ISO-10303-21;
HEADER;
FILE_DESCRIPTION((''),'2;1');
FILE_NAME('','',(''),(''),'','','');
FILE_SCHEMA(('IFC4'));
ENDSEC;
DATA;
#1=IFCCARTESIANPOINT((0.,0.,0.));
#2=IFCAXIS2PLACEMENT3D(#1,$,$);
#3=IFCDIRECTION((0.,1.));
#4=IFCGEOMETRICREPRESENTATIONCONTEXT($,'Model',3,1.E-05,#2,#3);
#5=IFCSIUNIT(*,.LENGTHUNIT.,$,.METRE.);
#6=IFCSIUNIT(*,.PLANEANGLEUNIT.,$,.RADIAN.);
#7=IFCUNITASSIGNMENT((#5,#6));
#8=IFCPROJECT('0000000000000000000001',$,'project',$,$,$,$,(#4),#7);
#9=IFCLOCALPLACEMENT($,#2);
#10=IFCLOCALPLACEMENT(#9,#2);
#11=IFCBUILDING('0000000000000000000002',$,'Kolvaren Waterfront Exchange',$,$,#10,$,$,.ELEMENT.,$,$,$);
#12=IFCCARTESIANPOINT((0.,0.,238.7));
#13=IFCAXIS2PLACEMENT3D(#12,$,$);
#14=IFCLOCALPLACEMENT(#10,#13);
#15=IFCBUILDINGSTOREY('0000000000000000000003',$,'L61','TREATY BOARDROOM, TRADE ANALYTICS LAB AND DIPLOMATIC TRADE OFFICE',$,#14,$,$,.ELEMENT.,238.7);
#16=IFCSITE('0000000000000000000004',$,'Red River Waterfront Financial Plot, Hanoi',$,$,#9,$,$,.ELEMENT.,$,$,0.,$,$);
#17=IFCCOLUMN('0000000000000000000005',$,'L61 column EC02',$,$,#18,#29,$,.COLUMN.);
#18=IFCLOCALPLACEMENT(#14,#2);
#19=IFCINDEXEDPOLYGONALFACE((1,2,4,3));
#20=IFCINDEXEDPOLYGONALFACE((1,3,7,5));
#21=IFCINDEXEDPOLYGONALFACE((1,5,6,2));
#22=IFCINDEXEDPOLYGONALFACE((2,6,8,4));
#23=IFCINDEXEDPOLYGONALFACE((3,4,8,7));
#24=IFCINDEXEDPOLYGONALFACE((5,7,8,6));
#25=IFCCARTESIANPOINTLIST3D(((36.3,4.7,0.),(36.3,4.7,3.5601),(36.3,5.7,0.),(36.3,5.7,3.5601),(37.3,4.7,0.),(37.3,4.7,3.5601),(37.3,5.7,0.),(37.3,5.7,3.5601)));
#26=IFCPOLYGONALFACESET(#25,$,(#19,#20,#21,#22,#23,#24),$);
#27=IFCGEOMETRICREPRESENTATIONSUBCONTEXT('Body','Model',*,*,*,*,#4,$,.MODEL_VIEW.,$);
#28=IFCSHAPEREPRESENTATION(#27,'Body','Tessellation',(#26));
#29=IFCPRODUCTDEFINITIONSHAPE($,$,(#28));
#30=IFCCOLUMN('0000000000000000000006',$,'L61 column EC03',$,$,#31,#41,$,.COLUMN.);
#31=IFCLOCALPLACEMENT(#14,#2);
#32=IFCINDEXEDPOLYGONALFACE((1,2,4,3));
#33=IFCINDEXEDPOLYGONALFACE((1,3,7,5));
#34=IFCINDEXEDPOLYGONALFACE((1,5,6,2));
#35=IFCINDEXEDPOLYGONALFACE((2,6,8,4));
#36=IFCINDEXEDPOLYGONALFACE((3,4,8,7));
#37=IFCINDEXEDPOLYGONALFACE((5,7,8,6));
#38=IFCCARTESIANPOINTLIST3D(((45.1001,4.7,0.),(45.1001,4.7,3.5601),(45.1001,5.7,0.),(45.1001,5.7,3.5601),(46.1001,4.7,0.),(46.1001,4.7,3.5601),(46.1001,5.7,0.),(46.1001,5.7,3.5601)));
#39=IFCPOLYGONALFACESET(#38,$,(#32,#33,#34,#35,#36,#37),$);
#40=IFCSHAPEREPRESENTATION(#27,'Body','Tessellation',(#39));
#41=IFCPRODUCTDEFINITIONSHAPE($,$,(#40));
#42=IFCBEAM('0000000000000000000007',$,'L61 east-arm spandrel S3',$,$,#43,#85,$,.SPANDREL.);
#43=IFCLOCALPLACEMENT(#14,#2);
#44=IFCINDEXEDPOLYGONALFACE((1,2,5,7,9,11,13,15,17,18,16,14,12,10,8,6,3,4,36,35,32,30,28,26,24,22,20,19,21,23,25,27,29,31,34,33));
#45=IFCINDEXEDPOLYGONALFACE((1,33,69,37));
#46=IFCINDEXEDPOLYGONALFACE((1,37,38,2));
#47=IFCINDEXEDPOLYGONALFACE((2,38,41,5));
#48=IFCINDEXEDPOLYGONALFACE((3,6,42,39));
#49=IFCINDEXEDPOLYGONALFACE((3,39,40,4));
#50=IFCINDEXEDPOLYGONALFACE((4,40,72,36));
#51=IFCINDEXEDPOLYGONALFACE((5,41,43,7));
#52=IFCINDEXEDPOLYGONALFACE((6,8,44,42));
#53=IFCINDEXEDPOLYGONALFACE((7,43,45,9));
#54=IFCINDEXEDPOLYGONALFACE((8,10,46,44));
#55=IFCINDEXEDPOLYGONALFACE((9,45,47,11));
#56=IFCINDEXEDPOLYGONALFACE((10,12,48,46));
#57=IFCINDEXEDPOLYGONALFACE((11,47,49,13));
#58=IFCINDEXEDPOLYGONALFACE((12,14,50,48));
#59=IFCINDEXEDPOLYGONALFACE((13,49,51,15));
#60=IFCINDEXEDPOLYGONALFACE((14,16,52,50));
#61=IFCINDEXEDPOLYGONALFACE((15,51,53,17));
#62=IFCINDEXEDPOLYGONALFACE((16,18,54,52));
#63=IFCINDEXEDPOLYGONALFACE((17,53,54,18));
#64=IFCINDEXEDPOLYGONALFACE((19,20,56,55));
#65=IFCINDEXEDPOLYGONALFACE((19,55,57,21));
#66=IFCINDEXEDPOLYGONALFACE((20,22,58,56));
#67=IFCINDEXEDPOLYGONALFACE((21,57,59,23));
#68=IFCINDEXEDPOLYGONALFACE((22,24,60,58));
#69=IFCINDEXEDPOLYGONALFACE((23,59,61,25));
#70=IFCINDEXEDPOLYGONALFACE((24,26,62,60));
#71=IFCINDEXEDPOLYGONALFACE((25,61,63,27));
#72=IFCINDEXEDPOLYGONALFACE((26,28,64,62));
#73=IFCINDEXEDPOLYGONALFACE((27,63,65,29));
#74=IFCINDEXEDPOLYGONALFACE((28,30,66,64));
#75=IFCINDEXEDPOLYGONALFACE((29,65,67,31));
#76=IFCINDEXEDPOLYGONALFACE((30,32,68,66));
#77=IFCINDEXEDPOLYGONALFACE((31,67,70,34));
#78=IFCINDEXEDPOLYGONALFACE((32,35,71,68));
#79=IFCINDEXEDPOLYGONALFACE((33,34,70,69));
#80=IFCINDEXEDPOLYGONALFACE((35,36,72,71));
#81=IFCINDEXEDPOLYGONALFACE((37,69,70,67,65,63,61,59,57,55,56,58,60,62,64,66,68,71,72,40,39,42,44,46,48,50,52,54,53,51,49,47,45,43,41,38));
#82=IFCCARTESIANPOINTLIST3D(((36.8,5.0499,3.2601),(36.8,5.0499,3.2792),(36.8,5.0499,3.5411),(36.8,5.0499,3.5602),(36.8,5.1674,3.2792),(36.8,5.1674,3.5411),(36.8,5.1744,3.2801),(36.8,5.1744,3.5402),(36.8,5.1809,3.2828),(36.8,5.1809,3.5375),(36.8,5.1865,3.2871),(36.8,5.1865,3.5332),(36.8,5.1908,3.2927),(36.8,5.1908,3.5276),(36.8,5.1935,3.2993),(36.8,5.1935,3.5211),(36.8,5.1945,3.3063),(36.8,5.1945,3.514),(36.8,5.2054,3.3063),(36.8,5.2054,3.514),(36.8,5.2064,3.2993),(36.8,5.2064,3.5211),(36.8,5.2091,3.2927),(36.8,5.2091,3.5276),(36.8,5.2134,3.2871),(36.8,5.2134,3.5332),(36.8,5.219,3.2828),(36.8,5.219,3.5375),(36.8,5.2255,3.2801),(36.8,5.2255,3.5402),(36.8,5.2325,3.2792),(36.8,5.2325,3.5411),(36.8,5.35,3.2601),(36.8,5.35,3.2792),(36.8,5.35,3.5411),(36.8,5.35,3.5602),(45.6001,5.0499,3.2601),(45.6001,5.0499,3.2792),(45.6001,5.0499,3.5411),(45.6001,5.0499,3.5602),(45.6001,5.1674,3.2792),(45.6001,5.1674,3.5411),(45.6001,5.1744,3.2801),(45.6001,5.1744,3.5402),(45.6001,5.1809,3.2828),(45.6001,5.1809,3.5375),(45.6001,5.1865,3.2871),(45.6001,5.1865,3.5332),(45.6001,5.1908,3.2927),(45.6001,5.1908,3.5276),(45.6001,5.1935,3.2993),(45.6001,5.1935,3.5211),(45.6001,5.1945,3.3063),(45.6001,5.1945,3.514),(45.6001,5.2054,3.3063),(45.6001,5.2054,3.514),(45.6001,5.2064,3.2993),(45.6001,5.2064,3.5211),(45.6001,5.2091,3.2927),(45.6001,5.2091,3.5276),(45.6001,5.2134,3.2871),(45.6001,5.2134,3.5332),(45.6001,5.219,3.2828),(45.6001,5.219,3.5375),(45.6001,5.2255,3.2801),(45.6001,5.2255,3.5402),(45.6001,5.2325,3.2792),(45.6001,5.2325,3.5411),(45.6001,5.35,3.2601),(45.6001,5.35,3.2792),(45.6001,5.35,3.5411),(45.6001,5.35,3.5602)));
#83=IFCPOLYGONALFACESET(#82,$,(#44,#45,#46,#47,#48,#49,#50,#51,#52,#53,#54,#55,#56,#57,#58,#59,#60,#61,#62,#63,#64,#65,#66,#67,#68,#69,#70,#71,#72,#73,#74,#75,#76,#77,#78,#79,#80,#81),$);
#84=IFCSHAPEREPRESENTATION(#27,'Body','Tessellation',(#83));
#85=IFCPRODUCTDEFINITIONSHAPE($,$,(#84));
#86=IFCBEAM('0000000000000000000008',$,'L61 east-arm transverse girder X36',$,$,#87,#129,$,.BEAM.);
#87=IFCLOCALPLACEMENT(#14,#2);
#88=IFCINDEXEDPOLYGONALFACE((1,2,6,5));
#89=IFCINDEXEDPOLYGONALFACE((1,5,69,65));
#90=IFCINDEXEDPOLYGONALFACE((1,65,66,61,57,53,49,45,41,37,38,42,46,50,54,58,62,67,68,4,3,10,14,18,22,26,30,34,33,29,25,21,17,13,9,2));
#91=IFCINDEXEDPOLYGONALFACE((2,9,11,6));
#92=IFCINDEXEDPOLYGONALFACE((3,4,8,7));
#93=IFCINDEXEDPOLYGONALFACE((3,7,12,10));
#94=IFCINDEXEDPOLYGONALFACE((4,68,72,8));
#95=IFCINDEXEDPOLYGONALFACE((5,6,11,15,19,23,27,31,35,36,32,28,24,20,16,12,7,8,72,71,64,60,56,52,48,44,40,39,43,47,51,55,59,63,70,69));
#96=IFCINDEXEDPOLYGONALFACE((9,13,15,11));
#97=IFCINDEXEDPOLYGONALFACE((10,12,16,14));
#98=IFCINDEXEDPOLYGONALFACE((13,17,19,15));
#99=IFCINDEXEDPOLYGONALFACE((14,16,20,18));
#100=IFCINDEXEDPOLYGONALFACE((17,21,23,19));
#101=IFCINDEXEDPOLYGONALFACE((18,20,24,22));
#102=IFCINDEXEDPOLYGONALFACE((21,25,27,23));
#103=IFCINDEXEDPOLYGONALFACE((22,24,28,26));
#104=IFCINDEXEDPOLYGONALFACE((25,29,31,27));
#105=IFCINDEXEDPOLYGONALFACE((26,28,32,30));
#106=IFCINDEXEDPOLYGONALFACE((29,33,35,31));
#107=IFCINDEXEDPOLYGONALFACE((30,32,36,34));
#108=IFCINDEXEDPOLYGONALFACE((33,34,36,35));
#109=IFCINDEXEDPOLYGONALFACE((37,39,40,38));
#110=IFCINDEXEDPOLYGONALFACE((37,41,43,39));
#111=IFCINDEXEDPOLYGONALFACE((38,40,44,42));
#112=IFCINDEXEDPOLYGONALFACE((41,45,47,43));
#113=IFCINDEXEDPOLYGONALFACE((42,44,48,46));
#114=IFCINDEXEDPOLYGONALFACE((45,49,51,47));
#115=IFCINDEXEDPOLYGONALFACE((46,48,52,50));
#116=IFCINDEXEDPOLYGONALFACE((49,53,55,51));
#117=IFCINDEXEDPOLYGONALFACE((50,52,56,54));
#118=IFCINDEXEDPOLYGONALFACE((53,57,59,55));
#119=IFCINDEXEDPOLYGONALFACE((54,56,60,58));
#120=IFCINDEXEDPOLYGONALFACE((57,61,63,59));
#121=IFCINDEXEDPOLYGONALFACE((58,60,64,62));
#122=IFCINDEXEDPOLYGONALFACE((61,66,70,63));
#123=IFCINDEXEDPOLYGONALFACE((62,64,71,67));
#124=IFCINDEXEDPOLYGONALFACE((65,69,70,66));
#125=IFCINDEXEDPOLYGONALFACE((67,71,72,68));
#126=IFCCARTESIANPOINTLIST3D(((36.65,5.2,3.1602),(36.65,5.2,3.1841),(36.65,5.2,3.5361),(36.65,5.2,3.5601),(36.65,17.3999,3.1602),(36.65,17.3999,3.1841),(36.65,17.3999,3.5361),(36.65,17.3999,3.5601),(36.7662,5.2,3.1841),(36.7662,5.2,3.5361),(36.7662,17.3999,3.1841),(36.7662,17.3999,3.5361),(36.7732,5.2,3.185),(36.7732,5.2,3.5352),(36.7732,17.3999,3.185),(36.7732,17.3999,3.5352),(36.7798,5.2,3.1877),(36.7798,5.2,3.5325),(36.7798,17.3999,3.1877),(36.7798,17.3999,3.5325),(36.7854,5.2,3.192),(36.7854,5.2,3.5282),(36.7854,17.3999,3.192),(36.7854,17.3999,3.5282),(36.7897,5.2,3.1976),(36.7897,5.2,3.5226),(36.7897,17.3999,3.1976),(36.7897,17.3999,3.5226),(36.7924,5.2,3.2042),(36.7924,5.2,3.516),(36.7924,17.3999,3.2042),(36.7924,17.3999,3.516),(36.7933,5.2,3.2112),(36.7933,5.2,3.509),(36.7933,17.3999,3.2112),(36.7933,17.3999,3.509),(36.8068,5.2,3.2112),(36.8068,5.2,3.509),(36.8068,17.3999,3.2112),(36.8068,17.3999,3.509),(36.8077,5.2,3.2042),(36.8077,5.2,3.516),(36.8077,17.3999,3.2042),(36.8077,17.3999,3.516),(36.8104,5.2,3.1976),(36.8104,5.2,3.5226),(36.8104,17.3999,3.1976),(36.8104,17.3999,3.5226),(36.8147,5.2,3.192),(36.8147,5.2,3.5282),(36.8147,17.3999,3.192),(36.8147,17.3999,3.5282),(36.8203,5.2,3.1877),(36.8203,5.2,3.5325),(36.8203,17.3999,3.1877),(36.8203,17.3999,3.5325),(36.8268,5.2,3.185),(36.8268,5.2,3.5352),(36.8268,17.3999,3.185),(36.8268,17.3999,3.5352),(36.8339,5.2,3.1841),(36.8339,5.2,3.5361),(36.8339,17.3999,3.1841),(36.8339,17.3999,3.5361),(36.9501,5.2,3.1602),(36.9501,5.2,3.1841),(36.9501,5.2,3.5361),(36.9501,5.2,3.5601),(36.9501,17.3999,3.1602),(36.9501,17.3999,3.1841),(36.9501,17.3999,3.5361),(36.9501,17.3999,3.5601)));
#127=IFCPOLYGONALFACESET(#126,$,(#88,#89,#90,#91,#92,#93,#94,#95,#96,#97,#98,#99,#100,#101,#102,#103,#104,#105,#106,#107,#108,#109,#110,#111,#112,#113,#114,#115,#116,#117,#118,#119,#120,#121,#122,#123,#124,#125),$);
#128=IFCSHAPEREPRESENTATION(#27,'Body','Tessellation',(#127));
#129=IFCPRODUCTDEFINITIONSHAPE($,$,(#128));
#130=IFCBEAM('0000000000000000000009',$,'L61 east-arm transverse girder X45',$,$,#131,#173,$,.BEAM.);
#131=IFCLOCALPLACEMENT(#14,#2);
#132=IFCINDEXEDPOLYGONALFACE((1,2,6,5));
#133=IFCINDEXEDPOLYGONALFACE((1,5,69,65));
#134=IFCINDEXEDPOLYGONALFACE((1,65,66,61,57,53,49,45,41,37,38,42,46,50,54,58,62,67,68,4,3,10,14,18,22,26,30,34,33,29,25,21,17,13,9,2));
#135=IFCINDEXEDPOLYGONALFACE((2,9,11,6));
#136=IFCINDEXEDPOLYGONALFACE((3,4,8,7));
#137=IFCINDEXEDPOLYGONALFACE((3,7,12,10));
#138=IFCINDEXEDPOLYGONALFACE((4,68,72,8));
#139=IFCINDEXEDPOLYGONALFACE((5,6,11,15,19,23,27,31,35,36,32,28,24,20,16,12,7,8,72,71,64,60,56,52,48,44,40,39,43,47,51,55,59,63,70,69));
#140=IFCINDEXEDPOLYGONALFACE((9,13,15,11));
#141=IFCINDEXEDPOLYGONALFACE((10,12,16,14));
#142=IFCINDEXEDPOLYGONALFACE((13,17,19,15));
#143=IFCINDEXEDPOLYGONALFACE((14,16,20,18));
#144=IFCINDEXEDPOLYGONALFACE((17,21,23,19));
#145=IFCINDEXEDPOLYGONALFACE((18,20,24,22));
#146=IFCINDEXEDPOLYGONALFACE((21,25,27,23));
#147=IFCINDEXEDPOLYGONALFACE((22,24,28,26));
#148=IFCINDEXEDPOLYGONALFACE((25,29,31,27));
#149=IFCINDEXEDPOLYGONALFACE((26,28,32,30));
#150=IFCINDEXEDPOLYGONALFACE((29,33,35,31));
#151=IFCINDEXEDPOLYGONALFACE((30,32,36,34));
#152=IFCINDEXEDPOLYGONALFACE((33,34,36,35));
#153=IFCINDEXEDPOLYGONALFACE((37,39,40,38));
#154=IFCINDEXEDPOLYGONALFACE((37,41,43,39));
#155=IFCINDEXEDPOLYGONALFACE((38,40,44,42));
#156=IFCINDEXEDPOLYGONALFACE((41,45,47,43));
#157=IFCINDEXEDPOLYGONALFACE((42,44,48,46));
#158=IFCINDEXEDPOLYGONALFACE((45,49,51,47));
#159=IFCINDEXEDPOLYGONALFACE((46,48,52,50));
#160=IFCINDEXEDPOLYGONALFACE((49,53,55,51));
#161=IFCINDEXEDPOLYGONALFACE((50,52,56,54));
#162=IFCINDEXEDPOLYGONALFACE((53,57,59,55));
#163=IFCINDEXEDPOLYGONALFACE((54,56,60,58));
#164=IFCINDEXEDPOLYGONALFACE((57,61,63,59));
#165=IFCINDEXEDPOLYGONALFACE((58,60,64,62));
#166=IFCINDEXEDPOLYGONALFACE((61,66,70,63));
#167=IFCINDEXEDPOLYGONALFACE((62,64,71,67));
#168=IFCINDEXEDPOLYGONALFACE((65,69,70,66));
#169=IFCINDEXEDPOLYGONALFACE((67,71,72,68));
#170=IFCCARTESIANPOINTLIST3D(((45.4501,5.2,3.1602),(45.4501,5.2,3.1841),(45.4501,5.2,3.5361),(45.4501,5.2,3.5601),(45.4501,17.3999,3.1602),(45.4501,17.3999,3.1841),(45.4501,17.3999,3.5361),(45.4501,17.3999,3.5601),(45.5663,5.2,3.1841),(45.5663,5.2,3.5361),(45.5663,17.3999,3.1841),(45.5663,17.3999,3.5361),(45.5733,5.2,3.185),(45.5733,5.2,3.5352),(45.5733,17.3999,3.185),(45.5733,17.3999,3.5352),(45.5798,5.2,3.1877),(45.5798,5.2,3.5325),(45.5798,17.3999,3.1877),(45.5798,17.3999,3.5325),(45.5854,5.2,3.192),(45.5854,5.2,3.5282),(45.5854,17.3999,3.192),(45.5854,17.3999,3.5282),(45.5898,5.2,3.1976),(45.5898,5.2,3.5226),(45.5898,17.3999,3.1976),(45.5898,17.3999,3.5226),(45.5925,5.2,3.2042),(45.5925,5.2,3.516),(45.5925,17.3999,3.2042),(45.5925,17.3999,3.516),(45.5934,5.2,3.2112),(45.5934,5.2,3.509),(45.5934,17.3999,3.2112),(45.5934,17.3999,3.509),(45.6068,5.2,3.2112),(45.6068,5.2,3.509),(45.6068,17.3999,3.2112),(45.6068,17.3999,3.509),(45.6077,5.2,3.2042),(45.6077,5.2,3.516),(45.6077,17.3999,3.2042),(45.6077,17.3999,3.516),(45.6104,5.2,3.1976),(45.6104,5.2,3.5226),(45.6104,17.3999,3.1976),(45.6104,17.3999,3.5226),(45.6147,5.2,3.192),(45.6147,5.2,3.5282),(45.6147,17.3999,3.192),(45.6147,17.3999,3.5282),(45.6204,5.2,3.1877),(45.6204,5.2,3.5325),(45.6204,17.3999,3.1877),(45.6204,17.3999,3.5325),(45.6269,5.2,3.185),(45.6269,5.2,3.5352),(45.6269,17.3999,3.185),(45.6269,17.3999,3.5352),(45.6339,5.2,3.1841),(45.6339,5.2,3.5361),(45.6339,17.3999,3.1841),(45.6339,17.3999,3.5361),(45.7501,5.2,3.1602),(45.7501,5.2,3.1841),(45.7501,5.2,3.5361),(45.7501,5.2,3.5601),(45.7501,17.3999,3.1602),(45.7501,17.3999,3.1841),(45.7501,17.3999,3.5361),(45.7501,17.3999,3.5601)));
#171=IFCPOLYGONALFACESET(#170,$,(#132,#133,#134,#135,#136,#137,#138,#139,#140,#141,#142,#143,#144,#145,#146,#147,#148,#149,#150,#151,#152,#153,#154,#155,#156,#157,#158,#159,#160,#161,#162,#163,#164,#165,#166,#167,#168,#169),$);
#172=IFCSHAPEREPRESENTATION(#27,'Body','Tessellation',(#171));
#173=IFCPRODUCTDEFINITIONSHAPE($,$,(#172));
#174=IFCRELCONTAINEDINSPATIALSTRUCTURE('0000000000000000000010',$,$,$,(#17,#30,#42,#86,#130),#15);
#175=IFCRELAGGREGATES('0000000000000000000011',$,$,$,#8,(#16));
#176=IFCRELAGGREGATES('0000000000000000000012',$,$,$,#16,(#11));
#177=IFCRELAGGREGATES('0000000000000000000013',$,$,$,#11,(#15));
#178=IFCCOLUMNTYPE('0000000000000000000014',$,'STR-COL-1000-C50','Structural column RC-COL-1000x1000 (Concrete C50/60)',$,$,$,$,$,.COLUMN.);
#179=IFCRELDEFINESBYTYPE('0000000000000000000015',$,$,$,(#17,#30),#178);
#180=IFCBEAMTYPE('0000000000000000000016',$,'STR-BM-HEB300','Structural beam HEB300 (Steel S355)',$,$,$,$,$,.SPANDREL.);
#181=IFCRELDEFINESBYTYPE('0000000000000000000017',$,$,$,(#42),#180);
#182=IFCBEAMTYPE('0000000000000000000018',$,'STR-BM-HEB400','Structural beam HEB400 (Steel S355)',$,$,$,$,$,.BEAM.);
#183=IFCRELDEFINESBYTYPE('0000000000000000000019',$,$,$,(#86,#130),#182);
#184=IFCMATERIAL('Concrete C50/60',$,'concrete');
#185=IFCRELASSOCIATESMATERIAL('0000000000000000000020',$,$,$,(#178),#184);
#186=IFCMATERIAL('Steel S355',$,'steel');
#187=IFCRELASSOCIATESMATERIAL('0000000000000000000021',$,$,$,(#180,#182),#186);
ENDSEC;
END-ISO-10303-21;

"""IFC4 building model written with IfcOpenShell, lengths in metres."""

from ifc_helpers import new_model, si_unit, direction, frame, origin, origin_2d, place, context, subcontext, project, spatial, rectangle, i_section, extrude, material, material_profile, profile_set, type_object, element, save


model = new_model("IFC4")

# Units and contexts
model_context = context("Model", 3, precision=1e-05, world=origin(), true_north=direction((0.0, 1.0)))
body_context = subcontext(model_context, "Body", "Model", "MODEL_VIEW")
ifc_project = project(units=[si_unit("LENGTHUNIT", "METRE"), si_unit("PLANEANGLEUNIT", "RADIAN")], contexts=[model_context])

# Site, building, storey
site_placement = place(None, origin())
site = spatial("IfcSite", under=ifc_project, at=site_placement, Name="Red River Waterfront Financial Plot, Hanoi", CompositionType="ELEMENT", RefElevation=0.0)
building_placement = place(site_placement, origin())
building = spatial("IfcBuilding", under=site, at=building_placement, Name="Kolvaren Waterfront Exchange", CompositionType="ELEMENT")
storey_placement = place(building_placement, frame((0.0, 0.0, 238.7)))
storey = spatial("IfcBuildingStorey", under=building, at=storey_placement, Name="L61", Description="TREATY BOARDROOM, TRADE ANALYTICS LAB AND DIPLOMATIC TRADE OFFICE", CompositionType="ELEMENT", Elevation=238.7)

# Columns
ifc_material_1 = material(Name="Concrete C50/60", Category="concrete")
ifc_material_profile_1 = material_profile(ifc_material_1, rectangle(XDim=1.0, YDim=1.0, at=origin_2d()), Name="RC-COL-1000x1000")
ifc_profile_set_1 = profile_set([ifc_material_profile_1], Name="Concrete C50/60")
column_type = type_object("IfcColumnType", Name="STR-COL-1000-C50", Description="Structural column RC-COL-1000x1000 (Concrete C50/60)", PredefinedType="COLUMN", material=ifc_profile_set_1)
for number, where, z_axis, x_axis, name in (
    (1, (36.8, 5.2, 0.0), (0.0, 0.0, 1.0), (1.0, 0.0, 0.0), "L61 column EC02"),
    (2, (45.6001, 5.2, 0.0), (0.0, 0.0, 1.0), (1.0, 0.0, 0.0), "L61 column EC03"),
):
    element("IfcColumn", number, at=place(storey_placement, frame(where, z_axis=z_axis, x_axis=x_axis)), inside=storey, type_object=column_type, Name=name, PredefinedType="COLUMN", context=body_context, shape_type="SweptSolid", body=[
        extrude(rectangle(XDim=1.0, YDim=1.0, at=origin_2d()), origin(), (0.0, 0.0, 1.0), 3.5601),
    ])

# Beams
ifc_material_2 = material(Name="Steel S355", Category="steel")
ifc_material_profile_2 = material_profile(ifc_material_2, i_section(OverallWidth=0.3, OverallDepth=0.3, WebThickness=0.011, FlangeThickness=0.019, FilletRadius=0.0271, at=origin_2d()), Name="HEB300")
ifc_profile_set_2 = profile_set([ifc_material_profile_2], Name="Steel S355")
beam_type_1 = type_object("IfcBeamType", Name="STR-BM-HEB300", Description="Structural beam HEB300 (Steel S355)", PredefinedType="SPANDREL", material=ifc_profile_set_2)
beam_1_placement = place(storey_placement, frame((36.8, 5.2, 3.4102), z_axis=(1.0, 0.0, 0.0), x_axis=(0.0, 1.0, 0.0)))
element("IfcBeam", 3, at=beam_1_placement, inside=storey, type_object=beam_type_1, Name="L61 east-arm spandrel S3", PredefinedType="SPANDREL", context=body_context, shape_type="SweptSolid", body=[
    extrude(i_section(OverallWidth=0.3, OverallDepth=0.3, WebThickness=0.011, FlangeThickness=0.019, FilletRadius=0.0271, at=origin_2d()), origin(), (0.0, 0.0, 1.0), 8.8),
])
ifc_material_profile_3 = material_profile(ifc_material_2, i_section(OverallWidth=0.3, OverallDepth=0.3999, WebThickness=0.0134, FlangeThickness=0.0239, FilletRadius=0.0271, at=origin_2d()), Name="HEB400")
ifc_profile_set_3 = profile_set([ifc_material_profile_3], Name="Steel S355")
beam_type_2 = type_object("IfcBeamType", Name="STR-BM-HEB400", Description="Structural beam HEB400 (Steel S355)", PredefinedType="BEAM", material=ifc_profile_set_3)
for number, where, z_axis, x_axis, name in (
    (4, (36.8, 5.2, 3.3601), (0.0, 1.0, 0.0), (-1.0, 0.0, 0.0), "L61 east-arm transverse girder X36"),
    (5, (45.6001, 5.2, 3.3601), (0.0, 1.0, 0.0), (-1.0, 0.0, 0.0), "L61 east-arm transverse girder X45"),
):
    element("IfcBeam", number, at=place(storey_placement, frame(where, z_axis=z_axis, x_axis=x_axis)), inside=storey, type_object=beam_type_2, Name=name, PredefinedType="BEAM", context=body_context, shape_type="SweptSolid", body=[
        extrude(i_section(OverallWidth=0.3, OverallDepth=0.3999, WebThickness=0.0134, FlangeThickness=0.0239, FilletRadius=0.0271, at=origin_2d()), origin(), (0.0, 0.0, 1.0), 12.2),
    ])

save(model, "model.ifc")
